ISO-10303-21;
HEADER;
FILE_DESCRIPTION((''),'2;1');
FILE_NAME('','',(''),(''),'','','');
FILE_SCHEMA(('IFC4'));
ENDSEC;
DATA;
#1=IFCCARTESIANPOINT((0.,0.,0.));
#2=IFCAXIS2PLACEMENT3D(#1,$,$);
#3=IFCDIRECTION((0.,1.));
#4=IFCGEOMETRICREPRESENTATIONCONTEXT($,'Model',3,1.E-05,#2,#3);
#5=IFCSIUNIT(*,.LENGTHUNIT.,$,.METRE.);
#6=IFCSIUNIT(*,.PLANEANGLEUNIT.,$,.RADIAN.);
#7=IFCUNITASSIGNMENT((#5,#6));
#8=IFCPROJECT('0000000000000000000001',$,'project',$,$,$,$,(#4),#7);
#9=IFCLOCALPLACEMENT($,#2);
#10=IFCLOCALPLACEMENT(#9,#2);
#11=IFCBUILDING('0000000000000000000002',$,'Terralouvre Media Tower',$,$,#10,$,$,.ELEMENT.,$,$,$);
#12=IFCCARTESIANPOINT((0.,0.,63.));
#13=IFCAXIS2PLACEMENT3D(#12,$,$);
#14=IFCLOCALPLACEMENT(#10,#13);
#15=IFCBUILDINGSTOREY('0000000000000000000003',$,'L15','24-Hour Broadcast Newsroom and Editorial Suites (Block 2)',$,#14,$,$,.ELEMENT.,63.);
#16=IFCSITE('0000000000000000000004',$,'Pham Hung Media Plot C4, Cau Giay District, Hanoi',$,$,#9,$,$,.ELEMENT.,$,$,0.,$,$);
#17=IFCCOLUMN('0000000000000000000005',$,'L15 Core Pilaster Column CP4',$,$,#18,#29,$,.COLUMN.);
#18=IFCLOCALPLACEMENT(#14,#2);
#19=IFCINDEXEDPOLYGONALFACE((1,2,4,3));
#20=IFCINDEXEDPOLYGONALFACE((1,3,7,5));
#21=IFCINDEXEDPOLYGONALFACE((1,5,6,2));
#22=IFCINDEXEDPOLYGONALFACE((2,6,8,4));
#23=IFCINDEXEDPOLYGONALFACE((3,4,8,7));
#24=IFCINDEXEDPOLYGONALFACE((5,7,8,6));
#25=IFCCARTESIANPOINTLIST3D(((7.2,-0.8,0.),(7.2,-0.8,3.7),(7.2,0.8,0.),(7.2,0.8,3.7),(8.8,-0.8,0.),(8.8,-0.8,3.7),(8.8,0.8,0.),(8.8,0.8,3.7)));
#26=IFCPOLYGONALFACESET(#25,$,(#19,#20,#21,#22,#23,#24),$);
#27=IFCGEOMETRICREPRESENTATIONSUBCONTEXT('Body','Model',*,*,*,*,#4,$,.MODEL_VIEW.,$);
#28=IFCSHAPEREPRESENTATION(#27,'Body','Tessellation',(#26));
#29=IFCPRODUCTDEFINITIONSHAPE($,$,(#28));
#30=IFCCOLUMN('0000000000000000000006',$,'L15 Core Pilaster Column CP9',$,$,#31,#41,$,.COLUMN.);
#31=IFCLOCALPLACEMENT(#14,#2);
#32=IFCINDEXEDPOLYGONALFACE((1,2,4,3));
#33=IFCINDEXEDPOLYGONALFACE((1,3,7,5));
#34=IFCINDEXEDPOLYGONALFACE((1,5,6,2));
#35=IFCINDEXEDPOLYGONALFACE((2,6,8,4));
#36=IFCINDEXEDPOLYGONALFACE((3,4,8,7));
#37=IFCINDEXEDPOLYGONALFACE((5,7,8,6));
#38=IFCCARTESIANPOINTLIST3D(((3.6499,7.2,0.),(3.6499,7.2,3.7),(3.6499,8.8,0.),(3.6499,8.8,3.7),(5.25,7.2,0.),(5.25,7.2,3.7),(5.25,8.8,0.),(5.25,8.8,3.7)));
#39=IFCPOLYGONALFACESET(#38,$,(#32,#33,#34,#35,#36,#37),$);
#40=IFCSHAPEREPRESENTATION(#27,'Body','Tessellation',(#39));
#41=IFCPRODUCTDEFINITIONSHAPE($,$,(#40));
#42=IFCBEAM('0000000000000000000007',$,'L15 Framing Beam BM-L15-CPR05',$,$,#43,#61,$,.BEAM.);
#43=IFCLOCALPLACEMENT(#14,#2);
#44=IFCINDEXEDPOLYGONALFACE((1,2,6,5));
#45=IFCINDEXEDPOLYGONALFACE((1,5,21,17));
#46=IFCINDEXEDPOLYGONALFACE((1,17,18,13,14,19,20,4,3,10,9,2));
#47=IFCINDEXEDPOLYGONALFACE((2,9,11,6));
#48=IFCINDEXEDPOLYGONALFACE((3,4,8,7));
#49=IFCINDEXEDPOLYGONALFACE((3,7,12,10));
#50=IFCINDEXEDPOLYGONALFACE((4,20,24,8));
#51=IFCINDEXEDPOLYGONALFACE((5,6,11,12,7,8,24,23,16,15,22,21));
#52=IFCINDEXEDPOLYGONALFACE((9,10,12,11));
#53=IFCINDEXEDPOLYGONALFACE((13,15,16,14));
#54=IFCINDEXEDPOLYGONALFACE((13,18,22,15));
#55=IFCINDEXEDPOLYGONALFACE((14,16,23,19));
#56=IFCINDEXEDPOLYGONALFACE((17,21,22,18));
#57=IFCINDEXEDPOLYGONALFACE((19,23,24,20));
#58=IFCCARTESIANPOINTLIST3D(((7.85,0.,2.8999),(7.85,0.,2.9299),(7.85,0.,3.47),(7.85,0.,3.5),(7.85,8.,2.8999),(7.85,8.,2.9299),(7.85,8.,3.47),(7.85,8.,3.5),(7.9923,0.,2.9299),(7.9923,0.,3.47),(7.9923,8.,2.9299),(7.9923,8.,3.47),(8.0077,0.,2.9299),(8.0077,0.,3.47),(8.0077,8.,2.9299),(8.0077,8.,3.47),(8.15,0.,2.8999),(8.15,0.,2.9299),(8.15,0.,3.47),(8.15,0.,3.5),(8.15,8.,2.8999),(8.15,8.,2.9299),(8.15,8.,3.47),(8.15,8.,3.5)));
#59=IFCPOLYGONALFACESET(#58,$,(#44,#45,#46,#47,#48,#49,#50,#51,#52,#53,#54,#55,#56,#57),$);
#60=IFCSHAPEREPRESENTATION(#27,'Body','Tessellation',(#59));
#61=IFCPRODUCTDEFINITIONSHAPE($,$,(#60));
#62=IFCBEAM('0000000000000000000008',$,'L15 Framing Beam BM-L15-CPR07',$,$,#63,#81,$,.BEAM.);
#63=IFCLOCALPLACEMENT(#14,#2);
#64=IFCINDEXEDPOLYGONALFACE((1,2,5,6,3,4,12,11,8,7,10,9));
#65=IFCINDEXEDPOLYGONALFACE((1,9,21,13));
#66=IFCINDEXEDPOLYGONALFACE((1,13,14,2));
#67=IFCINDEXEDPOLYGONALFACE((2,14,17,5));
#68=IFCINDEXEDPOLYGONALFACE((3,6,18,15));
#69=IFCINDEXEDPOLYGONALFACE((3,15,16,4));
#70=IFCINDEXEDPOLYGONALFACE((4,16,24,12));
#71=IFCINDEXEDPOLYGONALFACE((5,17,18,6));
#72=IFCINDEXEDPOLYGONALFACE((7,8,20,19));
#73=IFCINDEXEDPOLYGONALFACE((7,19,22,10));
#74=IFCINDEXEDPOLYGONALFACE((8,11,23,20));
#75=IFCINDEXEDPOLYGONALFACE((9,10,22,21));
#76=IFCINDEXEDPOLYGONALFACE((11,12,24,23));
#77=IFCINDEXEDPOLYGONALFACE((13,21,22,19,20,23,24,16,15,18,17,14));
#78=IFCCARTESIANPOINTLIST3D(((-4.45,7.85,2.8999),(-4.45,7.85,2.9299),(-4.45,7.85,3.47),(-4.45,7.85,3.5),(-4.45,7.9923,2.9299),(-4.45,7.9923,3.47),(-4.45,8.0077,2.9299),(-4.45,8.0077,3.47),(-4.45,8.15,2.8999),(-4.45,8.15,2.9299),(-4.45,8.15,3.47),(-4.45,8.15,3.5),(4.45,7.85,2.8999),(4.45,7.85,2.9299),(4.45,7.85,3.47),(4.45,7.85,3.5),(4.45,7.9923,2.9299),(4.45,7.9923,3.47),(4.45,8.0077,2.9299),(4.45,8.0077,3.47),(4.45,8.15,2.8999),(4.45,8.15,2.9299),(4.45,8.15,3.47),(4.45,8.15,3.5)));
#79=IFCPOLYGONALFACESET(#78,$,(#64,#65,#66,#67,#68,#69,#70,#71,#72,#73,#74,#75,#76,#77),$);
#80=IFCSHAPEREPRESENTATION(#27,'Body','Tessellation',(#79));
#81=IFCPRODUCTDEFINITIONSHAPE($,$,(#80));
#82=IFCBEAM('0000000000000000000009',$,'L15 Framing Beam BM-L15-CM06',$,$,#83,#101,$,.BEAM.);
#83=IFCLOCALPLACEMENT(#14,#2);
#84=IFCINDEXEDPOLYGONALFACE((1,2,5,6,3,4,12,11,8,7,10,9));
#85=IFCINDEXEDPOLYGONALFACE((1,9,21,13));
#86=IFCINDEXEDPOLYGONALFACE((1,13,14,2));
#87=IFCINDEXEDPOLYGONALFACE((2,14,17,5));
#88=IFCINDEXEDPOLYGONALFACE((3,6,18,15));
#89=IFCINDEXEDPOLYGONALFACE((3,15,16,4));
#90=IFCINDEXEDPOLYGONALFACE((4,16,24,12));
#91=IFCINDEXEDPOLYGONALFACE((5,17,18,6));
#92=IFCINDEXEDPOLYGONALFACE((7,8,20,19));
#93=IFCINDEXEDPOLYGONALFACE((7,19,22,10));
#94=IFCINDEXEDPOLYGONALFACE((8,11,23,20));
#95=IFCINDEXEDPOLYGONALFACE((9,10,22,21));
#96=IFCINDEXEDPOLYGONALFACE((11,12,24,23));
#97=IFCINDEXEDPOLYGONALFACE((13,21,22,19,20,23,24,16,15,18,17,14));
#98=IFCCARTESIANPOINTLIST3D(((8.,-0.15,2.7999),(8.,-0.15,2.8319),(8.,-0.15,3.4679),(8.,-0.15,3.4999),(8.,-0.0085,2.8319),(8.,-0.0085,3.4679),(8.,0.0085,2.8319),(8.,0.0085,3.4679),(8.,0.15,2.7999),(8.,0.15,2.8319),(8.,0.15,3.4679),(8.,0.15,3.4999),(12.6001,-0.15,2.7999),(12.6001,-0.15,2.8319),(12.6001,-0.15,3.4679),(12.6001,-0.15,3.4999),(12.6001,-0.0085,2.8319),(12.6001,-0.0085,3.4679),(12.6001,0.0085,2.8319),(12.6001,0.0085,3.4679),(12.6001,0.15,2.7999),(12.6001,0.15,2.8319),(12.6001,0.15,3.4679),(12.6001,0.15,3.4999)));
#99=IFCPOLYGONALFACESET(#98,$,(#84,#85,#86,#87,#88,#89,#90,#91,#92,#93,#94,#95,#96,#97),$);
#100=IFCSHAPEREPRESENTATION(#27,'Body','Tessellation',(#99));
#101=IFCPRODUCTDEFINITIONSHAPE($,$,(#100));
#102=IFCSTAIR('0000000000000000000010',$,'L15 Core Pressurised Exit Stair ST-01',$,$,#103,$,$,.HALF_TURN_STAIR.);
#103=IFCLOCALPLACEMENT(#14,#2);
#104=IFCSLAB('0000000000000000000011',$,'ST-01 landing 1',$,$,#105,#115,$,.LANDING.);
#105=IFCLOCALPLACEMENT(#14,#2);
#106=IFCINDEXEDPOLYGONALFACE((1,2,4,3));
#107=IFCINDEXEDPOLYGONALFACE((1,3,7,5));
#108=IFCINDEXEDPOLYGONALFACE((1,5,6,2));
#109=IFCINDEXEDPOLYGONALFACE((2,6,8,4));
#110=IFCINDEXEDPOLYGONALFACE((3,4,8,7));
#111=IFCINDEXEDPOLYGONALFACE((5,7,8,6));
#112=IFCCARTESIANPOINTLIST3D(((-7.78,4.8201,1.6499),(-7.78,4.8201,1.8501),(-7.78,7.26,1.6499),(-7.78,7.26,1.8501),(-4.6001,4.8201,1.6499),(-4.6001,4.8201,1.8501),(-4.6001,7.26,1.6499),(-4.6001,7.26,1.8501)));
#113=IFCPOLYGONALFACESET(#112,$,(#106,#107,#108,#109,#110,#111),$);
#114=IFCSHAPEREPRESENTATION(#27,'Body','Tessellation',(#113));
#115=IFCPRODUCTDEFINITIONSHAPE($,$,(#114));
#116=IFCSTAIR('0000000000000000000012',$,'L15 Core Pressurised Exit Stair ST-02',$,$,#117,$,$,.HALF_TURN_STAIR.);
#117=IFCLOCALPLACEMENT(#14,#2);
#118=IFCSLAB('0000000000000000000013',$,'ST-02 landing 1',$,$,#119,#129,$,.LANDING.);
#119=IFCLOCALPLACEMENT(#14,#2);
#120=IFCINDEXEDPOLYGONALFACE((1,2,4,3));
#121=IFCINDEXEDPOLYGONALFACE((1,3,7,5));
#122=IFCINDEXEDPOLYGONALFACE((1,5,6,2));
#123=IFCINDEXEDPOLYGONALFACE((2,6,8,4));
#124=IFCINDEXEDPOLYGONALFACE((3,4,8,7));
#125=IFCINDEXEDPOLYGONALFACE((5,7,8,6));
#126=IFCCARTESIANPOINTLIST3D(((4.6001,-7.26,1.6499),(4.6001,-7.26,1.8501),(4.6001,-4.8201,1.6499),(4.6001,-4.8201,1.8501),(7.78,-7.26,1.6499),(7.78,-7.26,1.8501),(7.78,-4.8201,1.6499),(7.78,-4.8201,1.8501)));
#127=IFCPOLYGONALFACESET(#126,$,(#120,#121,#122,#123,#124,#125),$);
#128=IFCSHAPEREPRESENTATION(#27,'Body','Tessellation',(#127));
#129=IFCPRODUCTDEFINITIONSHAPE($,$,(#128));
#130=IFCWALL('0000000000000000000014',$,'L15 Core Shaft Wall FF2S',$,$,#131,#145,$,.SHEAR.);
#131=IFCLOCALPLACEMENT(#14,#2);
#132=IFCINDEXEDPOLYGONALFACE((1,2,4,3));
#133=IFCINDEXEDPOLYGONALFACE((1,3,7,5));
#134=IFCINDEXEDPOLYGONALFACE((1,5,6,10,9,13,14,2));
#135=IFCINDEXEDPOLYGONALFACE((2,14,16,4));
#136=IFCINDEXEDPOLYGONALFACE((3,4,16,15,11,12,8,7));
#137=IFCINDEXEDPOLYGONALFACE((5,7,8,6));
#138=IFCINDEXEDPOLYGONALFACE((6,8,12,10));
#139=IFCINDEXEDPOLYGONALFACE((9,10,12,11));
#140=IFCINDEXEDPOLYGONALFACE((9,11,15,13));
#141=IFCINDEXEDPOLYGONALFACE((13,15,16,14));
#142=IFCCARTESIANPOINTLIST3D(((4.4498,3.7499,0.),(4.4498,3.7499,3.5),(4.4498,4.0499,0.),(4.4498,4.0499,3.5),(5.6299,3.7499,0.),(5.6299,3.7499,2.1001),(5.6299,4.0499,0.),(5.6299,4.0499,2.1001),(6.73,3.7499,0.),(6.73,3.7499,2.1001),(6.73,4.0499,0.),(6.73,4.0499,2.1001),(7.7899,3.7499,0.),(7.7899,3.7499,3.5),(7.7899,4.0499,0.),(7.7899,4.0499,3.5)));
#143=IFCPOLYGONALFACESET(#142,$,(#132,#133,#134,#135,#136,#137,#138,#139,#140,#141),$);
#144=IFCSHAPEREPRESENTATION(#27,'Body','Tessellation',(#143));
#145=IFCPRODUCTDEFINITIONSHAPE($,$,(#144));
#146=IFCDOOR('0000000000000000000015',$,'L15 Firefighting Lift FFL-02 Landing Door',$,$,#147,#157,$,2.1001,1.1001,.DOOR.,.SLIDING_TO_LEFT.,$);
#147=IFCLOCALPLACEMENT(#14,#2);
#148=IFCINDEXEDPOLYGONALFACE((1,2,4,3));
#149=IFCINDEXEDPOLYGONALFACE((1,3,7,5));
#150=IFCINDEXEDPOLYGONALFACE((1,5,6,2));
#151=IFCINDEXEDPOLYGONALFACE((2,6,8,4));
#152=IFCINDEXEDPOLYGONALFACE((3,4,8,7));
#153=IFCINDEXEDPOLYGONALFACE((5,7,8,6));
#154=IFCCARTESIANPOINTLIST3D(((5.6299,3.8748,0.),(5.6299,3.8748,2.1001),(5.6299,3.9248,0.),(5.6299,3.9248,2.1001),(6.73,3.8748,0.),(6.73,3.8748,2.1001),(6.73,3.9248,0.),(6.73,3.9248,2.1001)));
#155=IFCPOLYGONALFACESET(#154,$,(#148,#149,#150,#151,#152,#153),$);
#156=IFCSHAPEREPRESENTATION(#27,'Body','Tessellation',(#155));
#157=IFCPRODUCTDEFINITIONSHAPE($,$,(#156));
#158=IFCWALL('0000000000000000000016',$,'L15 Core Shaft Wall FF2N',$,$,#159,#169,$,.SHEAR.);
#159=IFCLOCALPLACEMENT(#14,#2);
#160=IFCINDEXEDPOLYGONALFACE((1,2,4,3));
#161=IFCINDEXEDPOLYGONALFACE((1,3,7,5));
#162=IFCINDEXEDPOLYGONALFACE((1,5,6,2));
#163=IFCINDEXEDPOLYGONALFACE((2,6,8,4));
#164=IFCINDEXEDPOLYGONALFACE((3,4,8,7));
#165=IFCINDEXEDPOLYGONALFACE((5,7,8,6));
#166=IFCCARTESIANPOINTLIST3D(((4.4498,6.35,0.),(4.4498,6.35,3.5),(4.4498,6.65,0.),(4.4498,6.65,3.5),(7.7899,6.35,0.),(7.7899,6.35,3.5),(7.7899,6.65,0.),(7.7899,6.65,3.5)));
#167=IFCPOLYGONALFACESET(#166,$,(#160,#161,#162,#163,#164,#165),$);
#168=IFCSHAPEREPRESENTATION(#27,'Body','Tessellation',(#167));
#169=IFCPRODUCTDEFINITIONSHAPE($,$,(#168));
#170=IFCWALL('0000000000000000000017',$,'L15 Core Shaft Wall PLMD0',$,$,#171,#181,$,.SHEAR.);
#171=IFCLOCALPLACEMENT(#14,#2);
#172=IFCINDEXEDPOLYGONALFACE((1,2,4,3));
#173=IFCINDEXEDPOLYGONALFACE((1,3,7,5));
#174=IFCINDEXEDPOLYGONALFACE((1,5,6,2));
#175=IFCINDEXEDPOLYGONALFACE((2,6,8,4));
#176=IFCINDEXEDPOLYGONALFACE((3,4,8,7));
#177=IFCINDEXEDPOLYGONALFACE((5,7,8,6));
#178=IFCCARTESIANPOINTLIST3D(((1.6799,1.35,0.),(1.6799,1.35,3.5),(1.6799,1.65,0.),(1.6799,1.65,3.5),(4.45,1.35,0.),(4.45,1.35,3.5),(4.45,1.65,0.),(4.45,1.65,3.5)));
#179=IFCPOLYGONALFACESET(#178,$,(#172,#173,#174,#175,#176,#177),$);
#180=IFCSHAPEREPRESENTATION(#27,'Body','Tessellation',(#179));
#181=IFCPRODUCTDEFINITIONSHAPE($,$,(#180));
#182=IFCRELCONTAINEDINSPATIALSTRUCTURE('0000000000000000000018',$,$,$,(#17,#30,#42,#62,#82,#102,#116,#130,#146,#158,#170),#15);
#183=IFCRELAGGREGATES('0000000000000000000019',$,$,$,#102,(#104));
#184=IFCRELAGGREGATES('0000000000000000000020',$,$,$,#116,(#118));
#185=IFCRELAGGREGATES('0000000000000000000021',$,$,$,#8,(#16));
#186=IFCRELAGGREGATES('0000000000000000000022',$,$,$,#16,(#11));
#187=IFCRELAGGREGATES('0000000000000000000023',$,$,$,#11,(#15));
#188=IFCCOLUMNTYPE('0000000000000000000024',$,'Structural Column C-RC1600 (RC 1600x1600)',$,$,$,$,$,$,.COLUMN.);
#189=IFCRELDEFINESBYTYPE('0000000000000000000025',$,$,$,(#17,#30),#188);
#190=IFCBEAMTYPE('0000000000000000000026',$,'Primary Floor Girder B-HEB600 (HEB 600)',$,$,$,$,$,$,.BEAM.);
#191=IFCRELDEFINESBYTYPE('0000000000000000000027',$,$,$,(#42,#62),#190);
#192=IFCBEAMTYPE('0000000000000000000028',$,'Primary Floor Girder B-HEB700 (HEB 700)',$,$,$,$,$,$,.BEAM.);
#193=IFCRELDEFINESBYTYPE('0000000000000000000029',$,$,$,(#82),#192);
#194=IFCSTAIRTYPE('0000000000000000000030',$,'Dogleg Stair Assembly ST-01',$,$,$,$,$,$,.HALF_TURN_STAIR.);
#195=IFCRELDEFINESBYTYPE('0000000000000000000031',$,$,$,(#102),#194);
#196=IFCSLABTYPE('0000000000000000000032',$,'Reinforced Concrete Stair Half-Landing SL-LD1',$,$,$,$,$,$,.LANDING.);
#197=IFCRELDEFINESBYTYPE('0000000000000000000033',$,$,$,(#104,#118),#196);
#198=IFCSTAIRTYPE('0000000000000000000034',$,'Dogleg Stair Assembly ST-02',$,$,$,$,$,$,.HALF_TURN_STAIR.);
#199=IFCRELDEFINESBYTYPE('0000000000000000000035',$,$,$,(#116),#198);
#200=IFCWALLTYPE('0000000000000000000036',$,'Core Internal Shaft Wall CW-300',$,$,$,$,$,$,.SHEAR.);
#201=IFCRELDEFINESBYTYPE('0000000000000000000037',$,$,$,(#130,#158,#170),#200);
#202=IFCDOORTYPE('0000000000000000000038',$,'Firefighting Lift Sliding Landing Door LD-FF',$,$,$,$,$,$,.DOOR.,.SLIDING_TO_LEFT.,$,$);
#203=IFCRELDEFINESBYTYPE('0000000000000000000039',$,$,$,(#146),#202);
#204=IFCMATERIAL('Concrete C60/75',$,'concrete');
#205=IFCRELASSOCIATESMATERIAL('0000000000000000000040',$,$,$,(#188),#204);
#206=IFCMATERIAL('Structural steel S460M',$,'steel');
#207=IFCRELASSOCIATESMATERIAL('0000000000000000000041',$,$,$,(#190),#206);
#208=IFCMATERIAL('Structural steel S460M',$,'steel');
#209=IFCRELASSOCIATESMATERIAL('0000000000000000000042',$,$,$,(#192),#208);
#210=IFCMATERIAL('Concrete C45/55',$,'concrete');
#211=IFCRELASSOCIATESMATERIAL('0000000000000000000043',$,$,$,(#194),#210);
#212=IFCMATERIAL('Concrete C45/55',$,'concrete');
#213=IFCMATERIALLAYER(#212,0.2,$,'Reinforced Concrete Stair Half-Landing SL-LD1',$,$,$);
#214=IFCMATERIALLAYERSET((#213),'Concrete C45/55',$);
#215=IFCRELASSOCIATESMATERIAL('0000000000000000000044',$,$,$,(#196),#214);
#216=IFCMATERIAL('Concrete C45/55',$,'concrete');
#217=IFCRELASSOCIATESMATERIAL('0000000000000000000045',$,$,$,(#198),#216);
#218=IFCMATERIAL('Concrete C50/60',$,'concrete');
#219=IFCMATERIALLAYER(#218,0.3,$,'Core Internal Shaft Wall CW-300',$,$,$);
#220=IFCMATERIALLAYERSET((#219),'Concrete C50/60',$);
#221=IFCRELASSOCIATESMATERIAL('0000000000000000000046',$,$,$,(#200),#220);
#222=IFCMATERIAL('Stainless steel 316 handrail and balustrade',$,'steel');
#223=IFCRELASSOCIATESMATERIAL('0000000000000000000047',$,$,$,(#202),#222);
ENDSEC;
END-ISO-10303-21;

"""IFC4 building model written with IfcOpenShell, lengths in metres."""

from ifc_helpers import new_model, si_unit, direction, frame, frame_2d, origin, origin_2d, place, context, subcontext, project, spatial, polyline, rectangle, i_section, outline, extrude, material, layer, layer_set, material_profile, profile_set, type_object, element, fill, aggregate, save


model = new_model("IFC4")

# Units and contexts
model_context = context("Model", 3, precision=1e-05, world=origin(), true_north=direction((0.0, 1.0)))
body_context = subcontext(model_context, "Body", "Model", "MODEL_VIEW")
ifc_project = project(units=[si_unit("LENGTHUNIT", "METRE"), si_unit("PLANEANGLEUNIT", "RADIAN")], contexts=[model_context])

# Site, building, storey
site_placement = place(None, origin())
site = spatial("IfcSite", under=ifc_project, at=site_placement, Name="Pham Hung Media Plot C4, Cau Giay District, Hanoi", CompositionType="ELEMENT", RefElevation=0.0)
building_placement = place(site_placement, origin())
building = spatial("IfcBuilding", under=site, at=building_placement, Name="Terralouvre Media Tower", CompositionType="ELEMENT")
storey_placement = place(building_placement, frame((0.0, 0.0, 63.0)))
storey = spatial("IfcBuildingStorey", under=building, at=storey_placement, Name="L15", Description="24-Hour Broadcast Newsroom and Editorial Suites (Block 2)", CompositionType="ELEMENT", Elevation=63.0)

# Columns
ifc_material_1 = material(Name="Concrete C60/75", Category="concrete")
ifc_material_profile_1 = material_profile(ifc_material_1, rectangle(XDim=1.6001, YDim=1.6001, at=origin_2d()), Name="RC 1600x1600")
ifc_profile_set_1 = profile_set([ifc_material_profile_1], Name="Concrete C60/75")
column_type = type_object("IfcColumnType", Name="Structural Column C-RC1600 (RC 1600x1600)", PredefinedType="COLUMN", material=ifc_profile_set_1)
for number, where, z_axis, x_axis, name in (
    (1, (8.0, 0.0, 0.0), (0.0, 0.0, 1.0), (1.0, 0.0, 0.0), "L15 Core Pilaster Column CP4"),
    (2, (4.45, 8.0, 0.0), (0.0, 0.0, 1.0), (1.0, 0.0, 0.0), "L15 Core Pilaster Column CP9"),
):
    element("IfcColumn", number, at=place(storey_placement, frame(where, z_axis=z_axis, x_axis=x_axis)), inside=storey, type_object=column_type, Name=name, PredefinedType="COLUMN", context=body_context, shape_type="SweptSolid", body=[
        extrude(rectangle(XDim=1.6001, YDim=1.6001, at=origin_2d()), origin(), (0.0, 0.0, 1.0), 3.7),
    ])

# Beams
ifc_material_2 = material(Name="Structural steel S460M", Category="steel")
ifc_material_profile_2 = material_profile(ifc_material_2, i_section(OverallWidth=0.3, OverallDepth=0.6001, WebThickness=0.0154, FlangeThickness=0.03, at=origin_2d()), Name="HEB 600")
ifc_profile_set_2 = profile_set([ifc_material_profile_2], Name="Structural steel S460M")
beam_type_1 = type_object("IfcBeamType", Name="Primary Floor Girder B-HEB600 (HEB 600)", PredefinedType="BEAM", material=ifc_profile_set_2)
beam_1_placement = place(storey_placement, frame((8.0, 0.0, 3.2), z_axis=(0.0, 1.0, 0.0), x_axis=(-1.0, 0.0, 0.0)))
element("IfcBeam", 3, at=beam_1_placement, inside=storey, type_object=beam_type_1, Name="L15 Framing Beam BM-L15-CPR05", PredefinedType="BEAM", context=body_context, shape_type="SweptSolid", body=[
    extrude(i_section(OverallWidth=0.3, OverallDepth=0.6001, WebThickness=0.0154, FlangeThickness=0.03, at=origin_2d()), origin(), (0.0, 0.0, 1.0), 8.0),
])
beam_2_placement = place(storey_placement, frame((4.45, 8.0, 3.2), z_axis=(-1.0, 0.0, 0.0), x_axis=(0.0, -1.0, 0.0)))
element("IfcBeam", 4, at=beam_2_placement, inside=storey, type_object=beam_type_1, Name="L15 Framing Beam BM-L15-CPR07", PredefinedType="BEAM", context=body_context, shape_type="SweptSolid", body=[
    extrude(i_section(OverallWidth=0.3, OverallDepth=0.6001, WebThickness=0.0154, FlangeThickness=0.03, at=origin_2d()), origin(), (0.0, 0.0, 1.0), 8.8999),
])
ifc_material_3 = material(Name="Structural steel S460M", Category="steel")
ifc_material_profile_3 = material_profile(ifc_material_3, i_section(OverallWidth=0.3, OverallDepth=0.7, WebThickness=0.0171, FlangeThickness=0.032, at=origin_2d()), Name="HEB 700")
ifc_profile_set_3 = profile_set([ifc_material_profile_3], Name="Structural steel S460M")
beam_type_2 = type_object("IfcBeamType", Name="Primary Floor Girder B-HEB700 (HEB 700)", PredefinedType="BEAM", material=ifc_profile_set_3)
beam_3_placement = place(storey_placement, frame((8.0, 0.0, 3.1499), z_axis=(1.0, 0.0, 0.0), x_axis=(0.0, 1.0, 0.0)))
element("IfcBeam", 5, at=beam_3_placement, inside=storey, type_object=beam_type_2, Name="L15 Framing Beam BM-L15-CM06", PredefinedType="BEAM", context=body_context, shape_type="SweptSolid", body=[
    extrude(i_section(OverallWidth=0.3, OverallDepth=0.7, WebThickness=0.0171, FlangeThickness=0.032, at=origin_2d()), origin(), (0.0, 0.0, 1.0), 4.6001),
])

# Stairs, slabs
ifc_material_4 = material(Name="Concrete C45/55", Category="concrete")
stair_type_1 = type_object("IfcStairType", Name="Dogleg Stair Assembly ST-01", PredefinedType="HALF_TURN_STAIR", material=ifc_material_4)
stair_1_placement = place(storey_placement, origin())
stair_1 = element("IfcStair", 6, at=stair_1_placement, inside=storey, type_object=stair_type_1, Name="L15 Core Pressurised Exit Stair ST-01", PredefinedType="HALF_TURN_STAIR")
ifc_material_5 = material(Name="Concrete C45/55", Category="concrete")
ifc_layer_1 = layer(ifc_material_5, 0.2, Name="Reinforced Concrete Stair Half-Landing SL-LD1")
ifc_layer_set_1 = layer_set([ifc_layer_1], Name="Concrete C45/55")
slab_type_1 = type_object("IfcSlabType", Name="Reinforced Concrete Stair Half-Landing SL-LD1", PredefinedType="LANDING", material=ifc_layer_set_1)
slab_1_placement = place(storey_placement, frame((0.0, 0.0, 1.6499)))
slab_1 = element("IfcSlab", 7, at=slab_1_placement, type_object=slab_type_1, Name="ST-01 landing 1", PredefinedType="LANDING", context=body_context, shape_type="SweptSolid", body=[
    extrude(outline(polyline([(-4.6001, 4.8201), (-4.6001, 7.26), (-7.78, 7.26), (-7.78, 4.8201), (-4.6001, 4.8201)])), origin(), (0.0, 0.0, 1.0), 0.2002),
])
aggregate(stair_1, [slab_1])
ifc_material_6 = material(Name="Concrete C45/55", Category="concrete")
stair_type_2 = type_object("IfcStairType", Name="Dogleg Stair Assembly ST-02", PredefinedType="HALF_TURN_STAIR", material=ifc_material_6)
stair_2_placement = place(storey_placement, origin())
stair_2 = element("IfcStair", 8, at=stair_2_placement, inside=storey, type_object=stair_type_2, Name="L15 Core Pressurised Exit Stair ST-02", PredefinedType="HALF_TURN_STAIR")
slab_2_placement = place(storey_placement, frame((0.0, 0.0, 1.6499)))
slab_2 = element("IfcSlab", 9, at=slab_2_placement, type_object=slab_type_1, Name="ST-02 landing 1", PredefinedType="LANDING", context=body_context, shape_type="SweptSolid", body=[
    extrude(outline(polyline([(4.6001, -4.8201), (4.6001, -7.26), (7.78, -7.26), (7.78, -4.8201), (4.6001, -4.8201)])), origin(), (0.0, 0.0, 1.0), 0.2002),
])
aggregate(stair_2, [slab_2])

# Wall, opening, door
ifc_material_7 = material(Name="Concrete C50/60", Category="concrete")
ifc_layer_2 = layer(ifc_material_7, 0.3, Name="Core Internal Shaft Wall CW-300")
ifc_layer_set_2 = layer_set([ifc_layer_2], Name="Concrete C50/60")
wall_type_1 = type_object("IfcWallType", Name="Core Internal Shaft Wall CW-300", PredefinedType="SHEAR", material=ifc_layer_set_2)
wall_1_placement = place(storey_placement, frame((4.45, 3.8999, 0.0), z_axis=(0.0, 0.0, 1.0), x_axis=(1.0, 0.0, 0.0)))
wall_1 = element("IfcWall", 10, at=wall_1_placement, inside=storey, type_object=wall_type_1, Name="L15 Core Shaft Wall FF2S", PredefinedType="SHEAR", context=body_context, shape_type="SweptSolid", body=[
    extrude(rectangle(XDim=3.3401, YDim=0.3, at=frame_2d((1.6699, 0.0))), origin(), (0.0, 0.0, 1.0), 3.5),
])
opening_1_placement = place(wall_1_placement, frame((1.1799, 0.0, 0.0)))
opening_1 = element("IfcOpeningElement", 11, at=opening_1_placement, cuts=wall_1, PredefinedType="OPENING", context=body_context, shape_type="SweptSolid", body=[
    extrude(rectangle(XDim=1.1001, YDim=2.1001, at=frame_2d((0.55, 1.05))), frame((0.0, 0.1599, 0.0), z_axis=(0.0, -1.0, 0.0), x_axis=(1.0, 0.0, 0.0)), (0.0, 0.0, 1.0), 0.3201),
])
ifc_material_8 = material(Name="Stainless steel 316 handrail and balustrade", Category="steel")
door_type_1 = type_object("IfcDoorType", Name="Firefighting Lift Sliding Landing Door LD-FF", OperationType="SLIDING_TO_LEFT", PredefinedType="DOOR", material=ifc_material_8)
door_1_placement = place(opening_1_placement, origin())
door_1 = element("IfcDoor", 12, at=door_1_placement, inside=storey, type_object=door_type_1, Name="L15 Firefighting Lift FFL-02 Landing Door", OperationType="SLIDING_TO_LEFT", OverallHeight=2.1001, OverallWidth=1.1001, PredefinedType="DOOR", context=body_context, shape_type="SweptSolid", body=[
    extrude(rectangle(XDim=1.1001, YDim=2.1001, at=frame_2d((0.55, 1.05))), frame((0.0, 0.0249, 0.0), z_axis=(0.0, -1.0, 0.0), x_axis=(1.0, 0.0, 0.0)), (0.0, 0.0, 1.0), 0.05),
])
fill(opening_1, door_1)

# Walls
wall_2_placement = place(storey_placement, frame((4.45, 6.5, 0.0), z_axis=(0.0, 0.0, 1.0), x_axis=(1.0, 0.0, 0.0)))
element("IfcWall", 13, at=wall_2_placement, inside=storey, type_object=wall_type_1, Name="L15 Core Shaft Wall FF2N", PredefinedType="SHEAR", context=body_context, shape_type="SweptSolid", body=[
    extrude(rectangle(XDim=3.3401, YDim=0.3, at=frame_2d((1.6699, 0.0))), origin(), (0.0, 0.0, 1.0), 3.5),
])
for number, where, z_axis, x_axis, name in (
    (14, (1.6799, 1.5, 0.0), (0.0, 0.0, 1.0), (1.0, 0.0, 0.0), "L15 Core Shaft Wall PLMD0"),
):
    element("IfcWall", number, at=place(storey_placement, frame(where, z_axis=z_axis, x_axis=x_axis)), inside=storey, type_object=wall_type_1, Name=name, PredefinedType="SHEAR", context=body_context, shape_type="SweptSolid", body=[
        extrude(rectangle(XDim=2.77, YDim=0.3, at=frame_2d((1.385, 0.0))), origin(), (0.0, 0.0, 1.0), 3.5),
    ])

save(model, "model.ifc")
